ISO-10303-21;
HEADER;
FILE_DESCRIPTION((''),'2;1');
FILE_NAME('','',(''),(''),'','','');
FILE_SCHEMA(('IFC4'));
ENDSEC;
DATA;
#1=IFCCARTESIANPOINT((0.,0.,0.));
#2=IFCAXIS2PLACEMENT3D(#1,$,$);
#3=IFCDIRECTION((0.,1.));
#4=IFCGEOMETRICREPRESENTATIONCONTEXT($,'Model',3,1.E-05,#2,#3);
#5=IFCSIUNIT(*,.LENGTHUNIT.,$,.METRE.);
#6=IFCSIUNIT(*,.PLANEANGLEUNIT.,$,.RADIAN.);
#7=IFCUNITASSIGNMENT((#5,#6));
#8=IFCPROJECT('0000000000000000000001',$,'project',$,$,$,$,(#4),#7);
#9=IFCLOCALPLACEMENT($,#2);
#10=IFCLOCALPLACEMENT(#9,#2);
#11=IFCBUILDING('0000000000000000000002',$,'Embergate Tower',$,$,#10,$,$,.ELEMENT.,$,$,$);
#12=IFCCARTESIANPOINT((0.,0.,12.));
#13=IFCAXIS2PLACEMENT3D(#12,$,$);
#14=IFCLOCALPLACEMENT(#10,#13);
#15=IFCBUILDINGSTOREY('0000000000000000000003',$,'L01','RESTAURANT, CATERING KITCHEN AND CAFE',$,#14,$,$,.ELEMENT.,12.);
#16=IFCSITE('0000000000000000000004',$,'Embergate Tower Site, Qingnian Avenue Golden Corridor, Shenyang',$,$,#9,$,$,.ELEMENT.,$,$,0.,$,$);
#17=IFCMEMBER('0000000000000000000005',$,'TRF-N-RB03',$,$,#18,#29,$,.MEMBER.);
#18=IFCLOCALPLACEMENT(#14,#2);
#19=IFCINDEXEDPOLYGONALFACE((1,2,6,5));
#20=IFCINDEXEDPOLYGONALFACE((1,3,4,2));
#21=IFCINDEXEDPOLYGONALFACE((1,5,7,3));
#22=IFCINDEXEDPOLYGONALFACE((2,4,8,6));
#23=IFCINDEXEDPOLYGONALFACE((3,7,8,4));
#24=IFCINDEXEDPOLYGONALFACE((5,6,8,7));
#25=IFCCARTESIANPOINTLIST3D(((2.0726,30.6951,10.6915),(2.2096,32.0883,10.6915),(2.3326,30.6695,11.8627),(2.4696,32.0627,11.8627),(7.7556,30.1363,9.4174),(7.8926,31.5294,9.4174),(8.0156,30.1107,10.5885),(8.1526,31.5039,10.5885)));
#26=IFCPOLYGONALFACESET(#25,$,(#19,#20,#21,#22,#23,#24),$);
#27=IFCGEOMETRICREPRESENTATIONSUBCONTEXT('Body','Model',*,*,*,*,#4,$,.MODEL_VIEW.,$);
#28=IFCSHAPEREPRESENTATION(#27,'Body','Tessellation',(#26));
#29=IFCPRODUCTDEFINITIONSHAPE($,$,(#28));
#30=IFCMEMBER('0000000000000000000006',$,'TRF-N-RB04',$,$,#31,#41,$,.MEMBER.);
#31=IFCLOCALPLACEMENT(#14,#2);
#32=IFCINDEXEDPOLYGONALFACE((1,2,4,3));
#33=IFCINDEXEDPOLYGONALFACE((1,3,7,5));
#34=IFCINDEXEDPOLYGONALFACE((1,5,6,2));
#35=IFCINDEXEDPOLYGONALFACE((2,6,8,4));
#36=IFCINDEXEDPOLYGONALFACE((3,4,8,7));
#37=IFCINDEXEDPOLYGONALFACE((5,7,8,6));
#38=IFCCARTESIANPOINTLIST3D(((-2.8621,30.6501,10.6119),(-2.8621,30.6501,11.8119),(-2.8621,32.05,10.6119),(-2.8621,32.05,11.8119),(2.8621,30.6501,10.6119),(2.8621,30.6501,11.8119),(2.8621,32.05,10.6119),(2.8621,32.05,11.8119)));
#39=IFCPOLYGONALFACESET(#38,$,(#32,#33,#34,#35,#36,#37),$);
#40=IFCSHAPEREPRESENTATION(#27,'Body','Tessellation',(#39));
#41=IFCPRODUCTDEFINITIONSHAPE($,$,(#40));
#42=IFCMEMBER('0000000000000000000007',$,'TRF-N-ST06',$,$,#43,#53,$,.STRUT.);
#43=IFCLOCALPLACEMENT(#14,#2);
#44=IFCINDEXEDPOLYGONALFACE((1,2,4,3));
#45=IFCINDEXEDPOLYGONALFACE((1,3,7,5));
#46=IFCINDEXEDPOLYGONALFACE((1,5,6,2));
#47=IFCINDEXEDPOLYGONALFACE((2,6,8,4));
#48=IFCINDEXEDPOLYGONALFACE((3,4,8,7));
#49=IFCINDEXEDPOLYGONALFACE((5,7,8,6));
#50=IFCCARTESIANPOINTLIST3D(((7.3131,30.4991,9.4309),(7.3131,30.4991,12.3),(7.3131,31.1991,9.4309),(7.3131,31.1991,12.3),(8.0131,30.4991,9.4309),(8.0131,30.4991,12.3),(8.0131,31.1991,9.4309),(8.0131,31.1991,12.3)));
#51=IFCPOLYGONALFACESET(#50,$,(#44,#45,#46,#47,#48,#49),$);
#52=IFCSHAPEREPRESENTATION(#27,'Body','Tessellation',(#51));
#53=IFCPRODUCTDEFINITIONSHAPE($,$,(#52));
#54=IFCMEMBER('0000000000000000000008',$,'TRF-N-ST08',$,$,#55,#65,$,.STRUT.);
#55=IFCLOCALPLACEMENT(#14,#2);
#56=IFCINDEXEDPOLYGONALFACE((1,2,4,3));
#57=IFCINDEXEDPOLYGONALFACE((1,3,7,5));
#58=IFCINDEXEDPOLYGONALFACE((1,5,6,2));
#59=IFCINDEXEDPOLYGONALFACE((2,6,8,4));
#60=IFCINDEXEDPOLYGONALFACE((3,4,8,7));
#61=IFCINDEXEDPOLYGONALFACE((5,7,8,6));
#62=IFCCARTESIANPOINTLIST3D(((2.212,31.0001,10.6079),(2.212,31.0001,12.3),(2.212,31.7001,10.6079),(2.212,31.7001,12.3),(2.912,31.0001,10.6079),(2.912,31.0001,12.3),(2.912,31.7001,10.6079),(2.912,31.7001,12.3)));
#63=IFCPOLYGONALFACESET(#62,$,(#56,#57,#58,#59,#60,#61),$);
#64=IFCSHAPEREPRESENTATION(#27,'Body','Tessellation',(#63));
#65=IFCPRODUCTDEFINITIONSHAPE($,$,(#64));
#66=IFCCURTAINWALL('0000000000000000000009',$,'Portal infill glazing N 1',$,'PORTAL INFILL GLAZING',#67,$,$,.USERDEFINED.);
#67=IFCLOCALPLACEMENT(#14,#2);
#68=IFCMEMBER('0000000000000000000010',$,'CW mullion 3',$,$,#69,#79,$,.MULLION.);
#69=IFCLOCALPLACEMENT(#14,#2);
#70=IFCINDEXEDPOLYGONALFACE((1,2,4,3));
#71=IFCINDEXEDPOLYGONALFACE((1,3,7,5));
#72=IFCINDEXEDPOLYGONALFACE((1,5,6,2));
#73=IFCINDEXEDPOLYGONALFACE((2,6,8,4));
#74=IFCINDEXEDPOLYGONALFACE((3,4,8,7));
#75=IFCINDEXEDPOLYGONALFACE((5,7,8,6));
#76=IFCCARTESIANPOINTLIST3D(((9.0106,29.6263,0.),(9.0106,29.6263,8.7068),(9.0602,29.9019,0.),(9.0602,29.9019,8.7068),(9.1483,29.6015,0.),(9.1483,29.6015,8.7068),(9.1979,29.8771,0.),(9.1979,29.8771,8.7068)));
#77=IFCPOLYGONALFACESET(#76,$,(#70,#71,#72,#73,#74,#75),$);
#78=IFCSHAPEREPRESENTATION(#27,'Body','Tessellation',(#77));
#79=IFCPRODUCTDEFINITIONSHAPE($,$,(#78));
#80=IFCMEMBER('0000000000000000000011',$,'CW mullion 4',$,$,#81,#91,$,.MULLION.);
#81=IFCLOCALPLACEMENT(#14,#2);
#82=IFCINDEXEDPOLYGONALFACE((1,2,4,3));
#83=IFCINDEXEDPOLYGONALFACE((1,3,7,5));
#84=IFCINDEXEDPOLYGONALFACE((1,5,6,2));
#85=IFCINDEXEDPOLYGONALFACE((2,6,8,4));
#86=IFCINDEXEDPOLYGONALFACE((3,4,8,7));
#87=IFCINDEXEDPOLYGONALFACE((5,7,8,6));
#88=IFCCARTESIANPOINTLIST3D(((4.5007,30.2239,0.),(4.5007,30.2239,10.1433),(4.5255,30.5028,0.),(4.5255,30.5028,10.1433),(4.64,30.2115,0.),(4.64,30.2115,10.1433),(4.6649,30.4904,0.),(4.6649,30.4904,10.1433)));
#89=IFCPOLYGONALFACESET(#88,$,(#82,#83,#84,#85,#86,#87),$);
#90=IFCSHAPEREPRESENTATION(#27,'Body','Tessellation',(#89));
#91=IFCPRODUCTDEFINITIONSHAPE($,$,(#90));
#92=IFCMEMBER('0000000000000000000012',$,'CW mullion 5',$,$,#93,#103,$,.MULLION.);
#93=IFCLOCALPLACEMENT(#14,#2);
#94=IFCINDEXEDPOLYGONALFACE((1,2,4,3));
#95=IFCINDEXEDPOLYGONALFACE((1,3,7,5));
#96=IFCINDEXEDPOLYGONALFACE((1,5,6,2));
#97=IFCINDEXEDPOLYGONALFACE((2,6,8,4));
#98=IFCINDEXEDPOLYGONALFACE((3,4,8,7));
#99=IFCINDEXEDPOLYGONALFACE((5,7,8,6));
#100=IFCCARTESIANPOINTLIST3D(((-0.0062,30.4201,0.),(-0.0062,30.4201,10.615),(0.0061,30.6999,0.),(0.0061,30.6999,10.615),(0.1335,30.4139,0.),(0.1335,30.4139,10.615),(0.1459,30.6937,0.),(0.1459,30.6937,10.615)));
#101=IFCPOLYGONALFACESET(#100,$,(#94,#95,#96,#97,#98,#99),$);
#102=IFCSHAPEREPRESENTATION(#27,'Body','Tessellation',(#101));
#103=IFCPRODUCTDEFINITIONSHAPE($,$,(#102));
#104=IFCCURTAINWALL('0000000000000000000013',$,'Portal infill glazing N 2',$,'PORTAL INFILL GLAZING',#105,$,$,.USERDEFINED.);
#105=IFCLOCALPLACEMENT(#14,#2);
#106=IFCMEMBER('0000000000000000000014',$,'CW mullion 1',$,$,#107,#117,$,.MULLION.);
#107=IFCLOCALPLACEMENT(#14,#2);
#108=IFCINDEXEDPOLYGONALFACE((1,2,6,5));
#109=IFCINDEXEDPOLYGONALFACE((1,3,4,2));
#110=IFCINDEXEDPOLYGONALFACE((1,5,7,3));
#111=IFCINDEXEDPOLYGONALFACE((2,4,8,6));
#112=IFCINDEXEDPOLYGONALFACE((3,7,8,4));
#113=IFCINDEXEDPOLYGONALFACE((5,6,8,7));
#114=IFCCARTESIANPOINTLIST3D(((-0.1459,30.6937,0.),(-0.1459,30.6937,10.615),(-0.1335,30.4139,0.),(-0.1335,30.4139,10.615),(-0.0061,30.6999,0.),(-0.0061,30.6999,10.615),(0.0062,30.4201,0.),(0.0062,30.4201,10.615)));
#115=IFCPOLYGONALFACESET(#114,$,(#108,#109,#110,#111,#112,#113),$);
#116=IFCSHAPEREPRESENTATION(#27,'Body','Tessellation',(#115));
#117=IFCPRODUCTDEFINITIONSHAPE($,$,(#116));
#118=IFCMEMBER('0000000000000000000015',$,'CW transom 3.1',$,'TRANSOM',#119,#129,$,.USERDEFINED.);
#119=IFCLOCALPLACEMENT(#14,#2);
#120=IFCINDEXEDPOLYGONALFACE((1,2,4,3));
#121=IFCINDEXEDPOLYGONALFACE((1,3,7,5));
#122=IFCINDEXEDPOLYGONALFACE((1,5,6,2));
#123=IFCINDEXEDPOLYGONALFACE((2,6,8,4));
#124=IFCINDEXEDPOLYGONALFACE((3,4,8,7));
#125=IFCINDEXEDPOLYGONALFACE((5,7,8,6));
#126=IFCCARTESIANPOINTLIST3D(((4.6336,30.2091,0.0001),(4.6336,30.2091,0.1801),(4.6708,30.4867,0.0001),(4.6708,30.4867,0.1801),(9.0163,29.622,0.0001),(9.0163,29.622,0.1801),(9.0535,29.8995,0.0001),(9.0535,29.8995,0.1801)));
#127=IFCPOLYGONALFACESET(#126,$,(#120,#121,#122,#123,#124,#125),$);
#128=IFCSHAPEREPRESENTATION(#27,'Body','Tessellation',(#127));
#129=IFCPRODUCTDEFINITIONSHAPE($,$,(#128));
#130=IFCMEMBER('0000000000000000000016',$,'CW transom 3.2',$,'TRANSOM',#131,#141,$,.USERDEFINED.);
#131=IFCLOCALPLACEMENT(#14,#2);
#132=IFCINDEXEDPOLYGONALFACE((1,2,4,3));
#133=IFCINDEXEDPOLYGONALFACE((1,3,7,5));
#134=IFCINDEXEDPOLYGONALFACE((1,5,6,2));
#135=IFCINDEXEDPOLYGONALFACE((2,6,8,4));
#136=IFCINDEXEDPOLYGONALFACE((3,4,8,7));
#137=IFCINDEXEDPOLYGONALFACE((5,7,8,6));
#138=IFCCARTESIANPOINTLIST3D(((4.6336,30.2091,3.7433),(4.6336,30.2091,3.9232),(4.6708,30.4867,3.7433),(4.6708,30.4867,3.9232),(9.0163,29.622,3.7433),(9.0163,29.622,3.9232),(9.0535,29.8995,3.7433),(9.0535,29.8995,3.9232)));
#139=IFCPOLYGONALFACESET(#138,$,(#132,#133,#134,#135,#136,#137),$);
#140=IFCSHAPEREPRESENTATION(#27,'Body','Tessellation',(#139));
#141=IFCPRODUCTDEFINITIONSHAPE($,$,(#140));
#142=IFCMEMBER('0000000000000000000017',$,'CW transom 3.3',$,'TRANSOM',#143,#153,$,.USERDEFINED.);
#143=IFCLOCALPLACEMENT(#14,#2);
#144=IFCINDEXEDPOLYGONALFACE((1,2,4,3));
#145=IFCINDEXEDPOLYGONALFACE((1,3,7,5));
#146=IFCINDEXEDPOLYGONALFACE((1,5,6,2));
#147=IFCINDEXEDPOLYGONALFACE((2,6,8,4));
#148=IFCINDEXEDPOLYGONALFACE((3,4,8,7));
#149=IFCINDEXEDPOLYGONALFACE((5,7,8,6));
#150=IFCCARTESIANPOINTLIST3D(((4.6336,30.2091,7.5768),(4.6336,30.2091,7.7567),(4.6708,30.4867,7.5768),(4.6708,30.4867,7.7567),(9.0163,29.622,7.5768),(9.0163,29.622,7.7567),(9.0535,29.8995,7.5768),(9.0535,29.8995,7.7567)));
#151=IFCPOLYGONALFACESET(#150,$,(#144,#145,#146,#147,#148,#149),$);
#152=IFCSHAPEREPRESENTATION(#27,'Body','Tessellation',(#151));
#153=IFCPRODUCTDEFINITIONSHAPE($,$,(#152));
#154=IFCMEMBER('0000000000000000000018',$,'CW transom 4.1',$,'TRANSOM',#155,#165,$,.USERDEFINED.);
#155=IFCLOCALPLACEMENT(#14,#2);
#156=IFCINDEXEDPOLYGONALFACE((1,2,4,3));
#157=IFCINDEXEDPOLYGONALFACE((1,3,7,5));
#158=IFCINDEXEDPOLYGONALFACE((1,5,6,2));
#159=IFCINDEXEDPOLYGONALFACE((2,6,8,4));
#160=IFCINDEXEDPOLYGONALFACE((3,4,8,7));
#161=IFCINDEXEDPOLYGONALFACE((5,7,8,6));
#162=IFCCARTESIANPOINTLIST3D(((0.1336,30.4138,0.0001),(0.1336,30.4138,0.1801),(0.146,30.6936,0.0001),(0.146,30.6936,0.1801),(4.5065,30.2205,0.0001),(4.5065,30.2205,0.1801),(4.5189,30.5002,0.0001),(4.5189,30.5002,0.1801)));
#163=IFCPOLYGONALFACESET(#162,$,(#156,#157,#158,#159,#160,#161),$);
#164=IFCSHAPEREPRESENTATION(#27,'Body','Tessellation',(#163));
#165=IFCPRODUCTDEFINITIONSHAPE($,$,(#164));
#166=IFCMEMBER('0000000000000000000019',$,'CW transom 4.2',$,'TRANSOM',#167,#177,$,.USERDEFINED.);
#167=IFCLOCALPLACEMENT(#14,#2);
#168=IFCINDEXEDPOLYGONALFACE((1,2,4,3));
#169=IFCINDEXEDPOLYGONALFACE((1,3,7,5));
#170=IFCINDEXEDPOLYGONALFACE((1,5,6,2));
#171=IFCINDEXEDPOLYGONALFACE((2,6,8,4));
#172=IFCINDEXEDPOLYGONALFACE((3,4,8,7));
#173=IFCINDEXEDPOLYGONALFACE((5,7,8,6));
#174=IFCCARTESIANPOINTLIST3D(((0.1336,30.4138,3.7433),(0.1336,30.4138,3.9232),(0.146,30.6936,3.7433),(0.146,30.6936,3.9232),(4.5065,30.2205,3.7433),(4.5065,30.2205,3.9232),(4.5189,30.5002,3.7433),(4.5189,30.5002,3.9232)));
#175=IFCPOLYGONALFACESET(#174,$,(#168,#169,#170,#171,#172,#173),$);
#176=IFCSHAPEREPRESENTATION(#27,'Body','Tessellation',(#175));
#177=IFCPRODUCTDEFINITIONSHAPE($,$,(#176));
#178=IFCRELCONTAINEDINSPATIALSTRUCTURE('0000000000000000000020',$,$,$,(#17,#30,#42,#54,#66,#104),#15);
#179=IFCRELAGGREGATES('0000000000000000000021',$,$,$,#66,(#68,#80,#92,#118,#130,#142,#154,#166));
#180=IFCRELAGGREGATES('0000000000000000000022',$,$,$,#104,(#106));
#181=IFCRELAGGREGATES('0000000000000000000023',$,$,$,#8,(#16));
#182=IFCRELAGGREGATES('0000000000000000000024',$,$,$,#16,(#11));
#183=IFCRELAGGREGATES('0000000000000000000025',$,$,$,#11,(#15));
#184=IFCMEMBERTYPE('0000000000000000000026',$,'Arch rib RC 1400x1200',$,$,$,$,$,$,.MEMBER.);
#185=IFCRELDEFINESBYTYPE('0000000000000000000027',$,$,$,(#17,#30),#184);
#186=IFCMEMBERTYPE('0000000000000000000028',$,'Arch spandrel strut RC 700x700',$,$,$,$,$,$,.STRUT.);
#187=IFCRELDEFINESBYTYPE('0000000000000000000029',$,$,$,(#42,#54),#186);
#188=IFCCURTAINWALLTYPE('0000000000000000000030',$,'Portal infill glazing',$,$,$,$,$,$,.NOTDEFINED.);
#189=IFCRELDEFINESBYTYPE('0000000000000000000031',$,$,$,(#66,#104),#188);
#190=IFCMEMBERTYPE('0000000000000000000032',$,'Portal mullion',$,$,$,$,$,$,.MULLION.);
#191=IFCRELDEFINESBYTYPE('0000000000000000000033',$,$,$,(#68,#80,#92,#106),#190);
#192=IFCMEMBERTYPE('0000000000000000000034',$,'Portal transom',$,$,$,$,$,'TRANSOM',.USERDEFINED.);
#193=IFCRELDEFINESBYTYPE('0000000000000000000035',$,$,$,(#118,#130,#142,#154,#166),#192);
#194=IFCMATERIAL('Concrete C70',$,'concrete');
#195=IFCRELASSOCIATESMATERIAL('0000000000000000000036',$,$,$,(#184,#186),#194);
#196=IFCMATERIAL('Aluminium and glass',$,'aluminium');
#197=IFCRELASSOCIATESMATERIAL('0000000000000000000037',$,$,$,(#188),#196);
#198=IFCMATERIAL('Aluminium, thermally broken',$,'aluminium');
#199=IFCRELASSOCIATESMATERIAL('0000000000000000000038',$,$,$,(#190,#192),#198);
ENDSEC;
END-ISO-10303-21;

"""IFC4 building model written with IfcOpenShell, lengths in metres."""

from ifc_helpers import new_model, si_unit, direction, frame, origin, origin_2d, place, context, subcontext, project, spatial, rectangle, extrude, source, transform, mapped, material, material_profile, profile_set, type_object, element, aggregate, save


model = new_model("IFC4")

# Units and contexts
model_context = context("Model", 3, precision=1e-05, world=origin(), true_north=direction((0.0, 1.0)))
body_context = subcontext(model_context, "Body", "Model", "MODEL_VIEW")
ifc_project = project(units=[si_unit("LENGTHUNIT", "METRE"), si_unit("PLANEANGLEUNIT", "RADIAN")], contexts=[model_context])

# Site, building, storey
site_placement = place(None, origin())
site = spatial("IfcSite", under=ifc_project, at=site_placement, Name="Embergate Tower Site, Qingnian Avenue Golden Corridor, Shenyang", CompositionType="ELEMENT", RefElevation=0.0)
building_placement = place(site_placement, origin())
building = spatial("IfcBuilding", under=site, at=building_placement, Name="Embergate Tower", CompositionType="ELEMENT")
storey_placement = place(building_placement, frame((0.0, 0.0, 12.0)))
storey = spatial("IfcBuildingStorey", under=building, at=storey_placement, Name="L01", Description="RESTAURANT, CATERING KITCHEN AND CAFE", CompositionType="ELEMENT", Elevation=12.0)

# Members
ifc_material_1 = material(Name="Concrete C70", Category="concrete")
ifc_material_profile_1 = material_profile(ifc_material_1, rectangle(XDim=1.3999, YDim=1.2, at=origin_2d()), Name="RC 1400x1200")
ifc_profile_set_1 = profile_set([ifc_material_profile_1], Name="Concrete C70")
member_type_1 = type_object("IfcMemberType", Name="Arch rib RC 1400x1200", PredefinedType="MEMBER", material=ifc_profile_set_1)
shared_shape_1 = source(origin(), body_context, "Body", "SweptSolid", [
    extrude(rectangle(XDim=1.3999, YDim=1.2, at=origin_2d()), origin(), (0.0, 0.0, 1.0), 5.8508),
])
member_1_placement = place(storey_placement, frame((7.9541, 30.8201, 10.0029), z_axis=(-0.971315, 0.095513, 0.217772), x_axis=(-0.097861, -0.9952, 0.0)))
element("IfcMember", 1, at=member_1_placement, inside=storey, type_object=member_type_1, Name="TRF-N-RB03", PredefinedType="MEMBER", context=body_context, shape_type="MappedRepresentation", body=[
    mapped(shared_shape_1, transform((0.0, 0.0, 0.0))),
])
shared_shape_2 = source(origin(), body_context, "Body", "SweptSolid", [
    extrude(rectangle(XDim=1.3999, YDim=1.2, at=origin_2d()), origin(), (0.0, 0.0, 1.0), 5.7241),
])
member_2_placement = place(storey_placement, frame((2.8621, 31.3501, 11.2119), z_axis=(-1.0, 0.0, 0.0), x_axis=(0.0, -1.0, 0.0)))
element("IfcMember", 2, at=member_2_placement, inside=storey, type_object=member_type_1, Name="TRF-N-RB04", PredefinedType="MEMBER", context=body_context, shape_type="MappedRepresentation", body=[
    mapped(shared_shape_2, transform((0.0, 0.0, 0.0))),
])
ifc_material_profile_2 = material_profile(ifc_material_1, rectangle(XDim=0.7, YDim=0.7, at=origin_2d()), Name="RC 700x700")
ifc_profile_set_2 = profile_set([ifc_material_profile_2], Name="Concrete C70")
member_type_2 = type_object("IfcMemberType", Name="Arch spandrel strut RC 700x700", PredefinedType="STRUT", material=ifc_profile_set_2)
shared_shape_3 = source(origin(), body_context, "Body", "SweptSolid", [
    extrude(rectangle(XDim=0.7, YDim=0.7, at=origin_2d()), origin(), (0.0, 0.0, 1.0), 2.8691),
])
member_3_placement = place(storey_placement, frame((7.6631, 30.8491, 9.4309), z_axis=(0.0, 0.0, 1.0), x_axis=(1.0, 0.0, 0.0)))
element("IfcMember", 3, at=member_3_placement, inside=storey, type_object=member_type_2, Name="TRF-N-ST06", PredefinedType="STRUT", context=body_context, shape_type="MappedRepresentation", body=[
    mapped(shared_shape_3, transform((0.0, 0.0, 0.0))),
])
shared_shape_4 = source(origin(), body_context, "Body", "SweptSolid", [
    extrude(rectangle(XDim=0.7, YDim=0.7, at=origin_2d()), origin(), (0.0, 0.0, 1.0), 1.6921),
])
member_4_placement = place(storey_placement, frame((2.562, 31.3501, 10.6079), z_axis=(0.0, 0.0, 1.0), x_axis=(1.0, 0.0, 0.0)))
element("IfcMember", 4, at=member_4_placement, inside=storey, type_object=member_type_2, Name="TRF-N-ST08", PredefinedType="STRUT", context=body_context, shape_type="MappedRepresentation", body=[
    mapped(shared_shape_4, transform((0.0, 0.0, 0.0))),
])

# Curtain wall, members
ifc_material_2 = material(Name="Aluminium and glass", Category="aluminium")
curtain_wall_type = type_object("IfcCurtainWallType", Name="Portal infill glazing", PredefinedType="NOTDEFINED", material=ifc_material_2)
curtain_wall_1_placement = place(storey_placement, origin())
curtain_wall_1 = element("IfcCurtainWall", 5, at=curtain_wall_1_placement, inside=storey, type_object=curtain_wall_type, Name="Portal infill glazing N 1", ObjectType="PORTAL INFILL GLAZING", PredefinedType="USERDEFINED")
ifc_material_3 = material(Name="Aluminium, thermally broken", Category="aluminium")
ifc_material_profile_3 = material_profile(ifc_material_3, rectangle(XDim=0.28, YDim=0.1399, at=origin_2d()), Name="AL 140x280")
ifc_profile_set_3 = profile_set([ifc_material_profile_3], Name="Aluminium, thermally broken")
member_type_3 = type_object("IfcMemberType", Name="Portal mullion", PredefinedType="MULLION", material=ifc_profile_set_3)
shared_shape_5 = source(origin(), body_context, "Body", "SweptSolid", [
    extrude(rectangle(XDim=0.28, YDim=0.1399, at=origin_2d()), origin(), (0.0, 0.0, 1.0), 8.7068),
])
member_5_placement = place(storey_placement, frame((9.1042, 29.7517, 0.0), z_axis=(0.0, 0.0, 1.0), x_axis=(-0.177147, -0.984184, 0.0)))
member_5 = element("IfcMember", 6, at=member_5_placement, type_object=member_type_3, Name="CW mullion 3", PredefinedType="MULLION", context=body_context, shape_type="MappedRepresentation", body=[
    mapped(shared_shape_5, transform((0.0, 0.0, 0.0))),
])
shared_shape_6 = source(origin(), body_context, "Body", "SweptSolid", [
    extrude(rectangle(XDim=0.28, YDim=0.1399, at=origin_2d()), origin(), (0.0, 0.0, 1.0), 10.1433),
])
member_6_placement = place(storey_placement, frame((4.5828, 30.3572, 0.0), z_axis=(0.0, 0.0, 1.0), x_axis=(-0.08879, -0.99605, 0.0)))
member_6 = element("IfcMember", 7, at=member_6_placement, type_object=member_type_3, Name="CW mullion 4", PredefinedType="MULLION", context=body_context, shape_type="MappedRepresentation", body=[
    mapped(shared_shape_6, transform((0.0, 0.0, 0.0))),
])
shared_shape_7 = source(origin(), body_context, "Body", "SweptSolid", [
    extrude(rectangle(XDim=0.28, YDim=0.1399, at=origin_2d()), origin(), (0.0, 0.0, 1.0), 10.615),
])
member_7_placement = place(storey_placement, frame((0.0698, 30.5569, 0.0), z_axis=(0.0, 0.0, 1.0), x_axis=(-0.04421, -0.999022, 0.0)))
member_7 = element("IfcMember", 8, at=member_7_placement, type_object=member_type_3, Name="CW mullion 5", PredefinedType="MULLION", context=body_context, shape_type="MappedRepresentation", body=[
    mapped(shared_shape_7, transform((0.0, 0.0, 0.0))),
])

# Curtain wall, member
curtain_wall_2_placement = place(storey_placement, origin())
curtain_wall_2 = element("IfcCurtainWall", 9, at=curtain_wall_2_placement, inside=storey, type_object=curtain_wall_type, Name="Portal infill glazing N 2", ObjectType="PORTAL INFILL GLAZING", PredefinedType="USERDEFINED")
member_8_placement = place(storey_placement, frame((-0.0698, 30.5569, 0.0), z_axis=(0.0, 0.0, 1.0), x_axis=(0.04421, -0.999022, 0.0)))
member_8 = element("IfcMember", 10, at=member_8_placement, type_object=member_type_3, Name="CW mullion 1", PredefinedType="MULLION", context=body_context, shape_type="MappedRepresentation", body=[
    mapped(shared_shape_7, transform((0.0, 0.0, 0.0))),
])

# Members
ifc_material_profile_4 = material_profile(ifc_material_3, rectangle(XDim=0.28, YDim=0.1799, at=origin_2d()), Name="AL 180x280")
ifc_profile_set_4 = profile_set([ifc_material_profile_4], Name="Aluminium, thermally broken")
member_type_4 = type_object("IfcMemberType", Name="Portal transom", ElementType="TRANSOM", PredefinedType="USERDEFINED", material=ifc_profile_set_4)
shared_shape_8 = source(origin(), body_context, "Body", "SweptSolid", [
    extrude(rectangle(XDim=0.28, YDim=0.1799, at=origin_2d()), origin(), (0.0, 0.0, 1.0), 4.4219),
])
member_9_placement = place(storey_placement, frame((9.0349, 29.7607, 0.0901), z_axis=(-0.991145, 0.132782, 0.0), x_axis=(-0.132782, -0.991145, 0.0)))
member_9 = element("IfcMember", 11, at=member_9_placement, type_object=member_type_4, Name="CW transom 3.1", ObjectType="TRANSOM", PredefinedType="USERDEFINED", context=body_context, shape_type="MappedRepresentation", body=[
    mapped(shared_shape_8, transform((0.0, 0.0, 0.0))),
])
member_10_placement = place(storey_placement, frame((9.0349, 29.7607, 3.8333), z_axis=(-0.991145, 0.132782, 0.0), x_axis=(-0.132782, -0.991145, 0.0)))
member_10 = element("IfcMember", 12, at=member_10_placement, type_object=member_type_4, Name="CW transom 3.2", ObjectType="TRANSOM", PredefinedType="USERDEFINED", context=body_context, shape_type="MappedRepresentation", body=[
    mapped(shared_shape_8, transform((0.0, 0.0, 0.0))),
])
member_11_placement = place(storey_placement, frame((9.0349, 29.7607, 7.6667), z_axis=(-0.991145, 0.132782, 0.0), x_axis=(-0.132782, -0.991145, 0.0)))
member_11 = element("IfcMember", 13, at=member_11_placement, type_object=member_type_4, Name="CW transom 3.3", ObjectType="TRANSOM", PredefinedType="USERDEFINED", context=body_context, shape_type="MappedRepresentation", body=[
    mapped(shared_shape_8, transform((0.0, 0.0, 0.0))),
])
shared_shape_9 = source(origin(), body_context, "Body", "SweptSolid", [
    extrude(rectangle(XDim=0.28, YDim=0.1799, at=origin_2d()), origin(), (0.0, 0.0, 1.0), 4.3772),
])
member_12_placement = place(storey_placement, frame((4.5127, 30.3604, 0.0901), z_axis=(-0.999024, 0.044175, 0.0), x_axis=(-0.044175, -0.999024, 0.0)))
member_12 = element("IfcMember", 14, at=member_12_placement, type_object=member_type_4, Name="CW transom 4.1", ObjectType="TRANSOM", PredefinedType="USERDEFINED", context=body_context, shape_type="MappedRepresentation", body=[
    mapped(shared_shape_9, transform((0.0, 0.0, 0.0))),
])
member_13_placement = place(storey_placement, frame((4.5127, 30.3604, 3.8333), z_axis=(-0.999024, 0.044175, 0.0), x_axis=(-0.044175, -0.999024, 0.0)))
member_13 = element("IfcMember", 15, at=member_13_placement, type_object=member_type_4, Name="CW transom 4.2", ObjectType="TRANSOM", PredefinedType="USERDEFINED", context=body_context, shape_type="MappedRepresentation", body=[
    mapped(shared_shape_9, transform((0.0, 0.0, 0.0))),
])

aggregate(curtain_wall_1, [member_5, member_6, member_7, member_9, member_10, member_11, member_12, member_13])
aggregate(curtain_wall_2, [member_8])

save(model, "model.ifc")
